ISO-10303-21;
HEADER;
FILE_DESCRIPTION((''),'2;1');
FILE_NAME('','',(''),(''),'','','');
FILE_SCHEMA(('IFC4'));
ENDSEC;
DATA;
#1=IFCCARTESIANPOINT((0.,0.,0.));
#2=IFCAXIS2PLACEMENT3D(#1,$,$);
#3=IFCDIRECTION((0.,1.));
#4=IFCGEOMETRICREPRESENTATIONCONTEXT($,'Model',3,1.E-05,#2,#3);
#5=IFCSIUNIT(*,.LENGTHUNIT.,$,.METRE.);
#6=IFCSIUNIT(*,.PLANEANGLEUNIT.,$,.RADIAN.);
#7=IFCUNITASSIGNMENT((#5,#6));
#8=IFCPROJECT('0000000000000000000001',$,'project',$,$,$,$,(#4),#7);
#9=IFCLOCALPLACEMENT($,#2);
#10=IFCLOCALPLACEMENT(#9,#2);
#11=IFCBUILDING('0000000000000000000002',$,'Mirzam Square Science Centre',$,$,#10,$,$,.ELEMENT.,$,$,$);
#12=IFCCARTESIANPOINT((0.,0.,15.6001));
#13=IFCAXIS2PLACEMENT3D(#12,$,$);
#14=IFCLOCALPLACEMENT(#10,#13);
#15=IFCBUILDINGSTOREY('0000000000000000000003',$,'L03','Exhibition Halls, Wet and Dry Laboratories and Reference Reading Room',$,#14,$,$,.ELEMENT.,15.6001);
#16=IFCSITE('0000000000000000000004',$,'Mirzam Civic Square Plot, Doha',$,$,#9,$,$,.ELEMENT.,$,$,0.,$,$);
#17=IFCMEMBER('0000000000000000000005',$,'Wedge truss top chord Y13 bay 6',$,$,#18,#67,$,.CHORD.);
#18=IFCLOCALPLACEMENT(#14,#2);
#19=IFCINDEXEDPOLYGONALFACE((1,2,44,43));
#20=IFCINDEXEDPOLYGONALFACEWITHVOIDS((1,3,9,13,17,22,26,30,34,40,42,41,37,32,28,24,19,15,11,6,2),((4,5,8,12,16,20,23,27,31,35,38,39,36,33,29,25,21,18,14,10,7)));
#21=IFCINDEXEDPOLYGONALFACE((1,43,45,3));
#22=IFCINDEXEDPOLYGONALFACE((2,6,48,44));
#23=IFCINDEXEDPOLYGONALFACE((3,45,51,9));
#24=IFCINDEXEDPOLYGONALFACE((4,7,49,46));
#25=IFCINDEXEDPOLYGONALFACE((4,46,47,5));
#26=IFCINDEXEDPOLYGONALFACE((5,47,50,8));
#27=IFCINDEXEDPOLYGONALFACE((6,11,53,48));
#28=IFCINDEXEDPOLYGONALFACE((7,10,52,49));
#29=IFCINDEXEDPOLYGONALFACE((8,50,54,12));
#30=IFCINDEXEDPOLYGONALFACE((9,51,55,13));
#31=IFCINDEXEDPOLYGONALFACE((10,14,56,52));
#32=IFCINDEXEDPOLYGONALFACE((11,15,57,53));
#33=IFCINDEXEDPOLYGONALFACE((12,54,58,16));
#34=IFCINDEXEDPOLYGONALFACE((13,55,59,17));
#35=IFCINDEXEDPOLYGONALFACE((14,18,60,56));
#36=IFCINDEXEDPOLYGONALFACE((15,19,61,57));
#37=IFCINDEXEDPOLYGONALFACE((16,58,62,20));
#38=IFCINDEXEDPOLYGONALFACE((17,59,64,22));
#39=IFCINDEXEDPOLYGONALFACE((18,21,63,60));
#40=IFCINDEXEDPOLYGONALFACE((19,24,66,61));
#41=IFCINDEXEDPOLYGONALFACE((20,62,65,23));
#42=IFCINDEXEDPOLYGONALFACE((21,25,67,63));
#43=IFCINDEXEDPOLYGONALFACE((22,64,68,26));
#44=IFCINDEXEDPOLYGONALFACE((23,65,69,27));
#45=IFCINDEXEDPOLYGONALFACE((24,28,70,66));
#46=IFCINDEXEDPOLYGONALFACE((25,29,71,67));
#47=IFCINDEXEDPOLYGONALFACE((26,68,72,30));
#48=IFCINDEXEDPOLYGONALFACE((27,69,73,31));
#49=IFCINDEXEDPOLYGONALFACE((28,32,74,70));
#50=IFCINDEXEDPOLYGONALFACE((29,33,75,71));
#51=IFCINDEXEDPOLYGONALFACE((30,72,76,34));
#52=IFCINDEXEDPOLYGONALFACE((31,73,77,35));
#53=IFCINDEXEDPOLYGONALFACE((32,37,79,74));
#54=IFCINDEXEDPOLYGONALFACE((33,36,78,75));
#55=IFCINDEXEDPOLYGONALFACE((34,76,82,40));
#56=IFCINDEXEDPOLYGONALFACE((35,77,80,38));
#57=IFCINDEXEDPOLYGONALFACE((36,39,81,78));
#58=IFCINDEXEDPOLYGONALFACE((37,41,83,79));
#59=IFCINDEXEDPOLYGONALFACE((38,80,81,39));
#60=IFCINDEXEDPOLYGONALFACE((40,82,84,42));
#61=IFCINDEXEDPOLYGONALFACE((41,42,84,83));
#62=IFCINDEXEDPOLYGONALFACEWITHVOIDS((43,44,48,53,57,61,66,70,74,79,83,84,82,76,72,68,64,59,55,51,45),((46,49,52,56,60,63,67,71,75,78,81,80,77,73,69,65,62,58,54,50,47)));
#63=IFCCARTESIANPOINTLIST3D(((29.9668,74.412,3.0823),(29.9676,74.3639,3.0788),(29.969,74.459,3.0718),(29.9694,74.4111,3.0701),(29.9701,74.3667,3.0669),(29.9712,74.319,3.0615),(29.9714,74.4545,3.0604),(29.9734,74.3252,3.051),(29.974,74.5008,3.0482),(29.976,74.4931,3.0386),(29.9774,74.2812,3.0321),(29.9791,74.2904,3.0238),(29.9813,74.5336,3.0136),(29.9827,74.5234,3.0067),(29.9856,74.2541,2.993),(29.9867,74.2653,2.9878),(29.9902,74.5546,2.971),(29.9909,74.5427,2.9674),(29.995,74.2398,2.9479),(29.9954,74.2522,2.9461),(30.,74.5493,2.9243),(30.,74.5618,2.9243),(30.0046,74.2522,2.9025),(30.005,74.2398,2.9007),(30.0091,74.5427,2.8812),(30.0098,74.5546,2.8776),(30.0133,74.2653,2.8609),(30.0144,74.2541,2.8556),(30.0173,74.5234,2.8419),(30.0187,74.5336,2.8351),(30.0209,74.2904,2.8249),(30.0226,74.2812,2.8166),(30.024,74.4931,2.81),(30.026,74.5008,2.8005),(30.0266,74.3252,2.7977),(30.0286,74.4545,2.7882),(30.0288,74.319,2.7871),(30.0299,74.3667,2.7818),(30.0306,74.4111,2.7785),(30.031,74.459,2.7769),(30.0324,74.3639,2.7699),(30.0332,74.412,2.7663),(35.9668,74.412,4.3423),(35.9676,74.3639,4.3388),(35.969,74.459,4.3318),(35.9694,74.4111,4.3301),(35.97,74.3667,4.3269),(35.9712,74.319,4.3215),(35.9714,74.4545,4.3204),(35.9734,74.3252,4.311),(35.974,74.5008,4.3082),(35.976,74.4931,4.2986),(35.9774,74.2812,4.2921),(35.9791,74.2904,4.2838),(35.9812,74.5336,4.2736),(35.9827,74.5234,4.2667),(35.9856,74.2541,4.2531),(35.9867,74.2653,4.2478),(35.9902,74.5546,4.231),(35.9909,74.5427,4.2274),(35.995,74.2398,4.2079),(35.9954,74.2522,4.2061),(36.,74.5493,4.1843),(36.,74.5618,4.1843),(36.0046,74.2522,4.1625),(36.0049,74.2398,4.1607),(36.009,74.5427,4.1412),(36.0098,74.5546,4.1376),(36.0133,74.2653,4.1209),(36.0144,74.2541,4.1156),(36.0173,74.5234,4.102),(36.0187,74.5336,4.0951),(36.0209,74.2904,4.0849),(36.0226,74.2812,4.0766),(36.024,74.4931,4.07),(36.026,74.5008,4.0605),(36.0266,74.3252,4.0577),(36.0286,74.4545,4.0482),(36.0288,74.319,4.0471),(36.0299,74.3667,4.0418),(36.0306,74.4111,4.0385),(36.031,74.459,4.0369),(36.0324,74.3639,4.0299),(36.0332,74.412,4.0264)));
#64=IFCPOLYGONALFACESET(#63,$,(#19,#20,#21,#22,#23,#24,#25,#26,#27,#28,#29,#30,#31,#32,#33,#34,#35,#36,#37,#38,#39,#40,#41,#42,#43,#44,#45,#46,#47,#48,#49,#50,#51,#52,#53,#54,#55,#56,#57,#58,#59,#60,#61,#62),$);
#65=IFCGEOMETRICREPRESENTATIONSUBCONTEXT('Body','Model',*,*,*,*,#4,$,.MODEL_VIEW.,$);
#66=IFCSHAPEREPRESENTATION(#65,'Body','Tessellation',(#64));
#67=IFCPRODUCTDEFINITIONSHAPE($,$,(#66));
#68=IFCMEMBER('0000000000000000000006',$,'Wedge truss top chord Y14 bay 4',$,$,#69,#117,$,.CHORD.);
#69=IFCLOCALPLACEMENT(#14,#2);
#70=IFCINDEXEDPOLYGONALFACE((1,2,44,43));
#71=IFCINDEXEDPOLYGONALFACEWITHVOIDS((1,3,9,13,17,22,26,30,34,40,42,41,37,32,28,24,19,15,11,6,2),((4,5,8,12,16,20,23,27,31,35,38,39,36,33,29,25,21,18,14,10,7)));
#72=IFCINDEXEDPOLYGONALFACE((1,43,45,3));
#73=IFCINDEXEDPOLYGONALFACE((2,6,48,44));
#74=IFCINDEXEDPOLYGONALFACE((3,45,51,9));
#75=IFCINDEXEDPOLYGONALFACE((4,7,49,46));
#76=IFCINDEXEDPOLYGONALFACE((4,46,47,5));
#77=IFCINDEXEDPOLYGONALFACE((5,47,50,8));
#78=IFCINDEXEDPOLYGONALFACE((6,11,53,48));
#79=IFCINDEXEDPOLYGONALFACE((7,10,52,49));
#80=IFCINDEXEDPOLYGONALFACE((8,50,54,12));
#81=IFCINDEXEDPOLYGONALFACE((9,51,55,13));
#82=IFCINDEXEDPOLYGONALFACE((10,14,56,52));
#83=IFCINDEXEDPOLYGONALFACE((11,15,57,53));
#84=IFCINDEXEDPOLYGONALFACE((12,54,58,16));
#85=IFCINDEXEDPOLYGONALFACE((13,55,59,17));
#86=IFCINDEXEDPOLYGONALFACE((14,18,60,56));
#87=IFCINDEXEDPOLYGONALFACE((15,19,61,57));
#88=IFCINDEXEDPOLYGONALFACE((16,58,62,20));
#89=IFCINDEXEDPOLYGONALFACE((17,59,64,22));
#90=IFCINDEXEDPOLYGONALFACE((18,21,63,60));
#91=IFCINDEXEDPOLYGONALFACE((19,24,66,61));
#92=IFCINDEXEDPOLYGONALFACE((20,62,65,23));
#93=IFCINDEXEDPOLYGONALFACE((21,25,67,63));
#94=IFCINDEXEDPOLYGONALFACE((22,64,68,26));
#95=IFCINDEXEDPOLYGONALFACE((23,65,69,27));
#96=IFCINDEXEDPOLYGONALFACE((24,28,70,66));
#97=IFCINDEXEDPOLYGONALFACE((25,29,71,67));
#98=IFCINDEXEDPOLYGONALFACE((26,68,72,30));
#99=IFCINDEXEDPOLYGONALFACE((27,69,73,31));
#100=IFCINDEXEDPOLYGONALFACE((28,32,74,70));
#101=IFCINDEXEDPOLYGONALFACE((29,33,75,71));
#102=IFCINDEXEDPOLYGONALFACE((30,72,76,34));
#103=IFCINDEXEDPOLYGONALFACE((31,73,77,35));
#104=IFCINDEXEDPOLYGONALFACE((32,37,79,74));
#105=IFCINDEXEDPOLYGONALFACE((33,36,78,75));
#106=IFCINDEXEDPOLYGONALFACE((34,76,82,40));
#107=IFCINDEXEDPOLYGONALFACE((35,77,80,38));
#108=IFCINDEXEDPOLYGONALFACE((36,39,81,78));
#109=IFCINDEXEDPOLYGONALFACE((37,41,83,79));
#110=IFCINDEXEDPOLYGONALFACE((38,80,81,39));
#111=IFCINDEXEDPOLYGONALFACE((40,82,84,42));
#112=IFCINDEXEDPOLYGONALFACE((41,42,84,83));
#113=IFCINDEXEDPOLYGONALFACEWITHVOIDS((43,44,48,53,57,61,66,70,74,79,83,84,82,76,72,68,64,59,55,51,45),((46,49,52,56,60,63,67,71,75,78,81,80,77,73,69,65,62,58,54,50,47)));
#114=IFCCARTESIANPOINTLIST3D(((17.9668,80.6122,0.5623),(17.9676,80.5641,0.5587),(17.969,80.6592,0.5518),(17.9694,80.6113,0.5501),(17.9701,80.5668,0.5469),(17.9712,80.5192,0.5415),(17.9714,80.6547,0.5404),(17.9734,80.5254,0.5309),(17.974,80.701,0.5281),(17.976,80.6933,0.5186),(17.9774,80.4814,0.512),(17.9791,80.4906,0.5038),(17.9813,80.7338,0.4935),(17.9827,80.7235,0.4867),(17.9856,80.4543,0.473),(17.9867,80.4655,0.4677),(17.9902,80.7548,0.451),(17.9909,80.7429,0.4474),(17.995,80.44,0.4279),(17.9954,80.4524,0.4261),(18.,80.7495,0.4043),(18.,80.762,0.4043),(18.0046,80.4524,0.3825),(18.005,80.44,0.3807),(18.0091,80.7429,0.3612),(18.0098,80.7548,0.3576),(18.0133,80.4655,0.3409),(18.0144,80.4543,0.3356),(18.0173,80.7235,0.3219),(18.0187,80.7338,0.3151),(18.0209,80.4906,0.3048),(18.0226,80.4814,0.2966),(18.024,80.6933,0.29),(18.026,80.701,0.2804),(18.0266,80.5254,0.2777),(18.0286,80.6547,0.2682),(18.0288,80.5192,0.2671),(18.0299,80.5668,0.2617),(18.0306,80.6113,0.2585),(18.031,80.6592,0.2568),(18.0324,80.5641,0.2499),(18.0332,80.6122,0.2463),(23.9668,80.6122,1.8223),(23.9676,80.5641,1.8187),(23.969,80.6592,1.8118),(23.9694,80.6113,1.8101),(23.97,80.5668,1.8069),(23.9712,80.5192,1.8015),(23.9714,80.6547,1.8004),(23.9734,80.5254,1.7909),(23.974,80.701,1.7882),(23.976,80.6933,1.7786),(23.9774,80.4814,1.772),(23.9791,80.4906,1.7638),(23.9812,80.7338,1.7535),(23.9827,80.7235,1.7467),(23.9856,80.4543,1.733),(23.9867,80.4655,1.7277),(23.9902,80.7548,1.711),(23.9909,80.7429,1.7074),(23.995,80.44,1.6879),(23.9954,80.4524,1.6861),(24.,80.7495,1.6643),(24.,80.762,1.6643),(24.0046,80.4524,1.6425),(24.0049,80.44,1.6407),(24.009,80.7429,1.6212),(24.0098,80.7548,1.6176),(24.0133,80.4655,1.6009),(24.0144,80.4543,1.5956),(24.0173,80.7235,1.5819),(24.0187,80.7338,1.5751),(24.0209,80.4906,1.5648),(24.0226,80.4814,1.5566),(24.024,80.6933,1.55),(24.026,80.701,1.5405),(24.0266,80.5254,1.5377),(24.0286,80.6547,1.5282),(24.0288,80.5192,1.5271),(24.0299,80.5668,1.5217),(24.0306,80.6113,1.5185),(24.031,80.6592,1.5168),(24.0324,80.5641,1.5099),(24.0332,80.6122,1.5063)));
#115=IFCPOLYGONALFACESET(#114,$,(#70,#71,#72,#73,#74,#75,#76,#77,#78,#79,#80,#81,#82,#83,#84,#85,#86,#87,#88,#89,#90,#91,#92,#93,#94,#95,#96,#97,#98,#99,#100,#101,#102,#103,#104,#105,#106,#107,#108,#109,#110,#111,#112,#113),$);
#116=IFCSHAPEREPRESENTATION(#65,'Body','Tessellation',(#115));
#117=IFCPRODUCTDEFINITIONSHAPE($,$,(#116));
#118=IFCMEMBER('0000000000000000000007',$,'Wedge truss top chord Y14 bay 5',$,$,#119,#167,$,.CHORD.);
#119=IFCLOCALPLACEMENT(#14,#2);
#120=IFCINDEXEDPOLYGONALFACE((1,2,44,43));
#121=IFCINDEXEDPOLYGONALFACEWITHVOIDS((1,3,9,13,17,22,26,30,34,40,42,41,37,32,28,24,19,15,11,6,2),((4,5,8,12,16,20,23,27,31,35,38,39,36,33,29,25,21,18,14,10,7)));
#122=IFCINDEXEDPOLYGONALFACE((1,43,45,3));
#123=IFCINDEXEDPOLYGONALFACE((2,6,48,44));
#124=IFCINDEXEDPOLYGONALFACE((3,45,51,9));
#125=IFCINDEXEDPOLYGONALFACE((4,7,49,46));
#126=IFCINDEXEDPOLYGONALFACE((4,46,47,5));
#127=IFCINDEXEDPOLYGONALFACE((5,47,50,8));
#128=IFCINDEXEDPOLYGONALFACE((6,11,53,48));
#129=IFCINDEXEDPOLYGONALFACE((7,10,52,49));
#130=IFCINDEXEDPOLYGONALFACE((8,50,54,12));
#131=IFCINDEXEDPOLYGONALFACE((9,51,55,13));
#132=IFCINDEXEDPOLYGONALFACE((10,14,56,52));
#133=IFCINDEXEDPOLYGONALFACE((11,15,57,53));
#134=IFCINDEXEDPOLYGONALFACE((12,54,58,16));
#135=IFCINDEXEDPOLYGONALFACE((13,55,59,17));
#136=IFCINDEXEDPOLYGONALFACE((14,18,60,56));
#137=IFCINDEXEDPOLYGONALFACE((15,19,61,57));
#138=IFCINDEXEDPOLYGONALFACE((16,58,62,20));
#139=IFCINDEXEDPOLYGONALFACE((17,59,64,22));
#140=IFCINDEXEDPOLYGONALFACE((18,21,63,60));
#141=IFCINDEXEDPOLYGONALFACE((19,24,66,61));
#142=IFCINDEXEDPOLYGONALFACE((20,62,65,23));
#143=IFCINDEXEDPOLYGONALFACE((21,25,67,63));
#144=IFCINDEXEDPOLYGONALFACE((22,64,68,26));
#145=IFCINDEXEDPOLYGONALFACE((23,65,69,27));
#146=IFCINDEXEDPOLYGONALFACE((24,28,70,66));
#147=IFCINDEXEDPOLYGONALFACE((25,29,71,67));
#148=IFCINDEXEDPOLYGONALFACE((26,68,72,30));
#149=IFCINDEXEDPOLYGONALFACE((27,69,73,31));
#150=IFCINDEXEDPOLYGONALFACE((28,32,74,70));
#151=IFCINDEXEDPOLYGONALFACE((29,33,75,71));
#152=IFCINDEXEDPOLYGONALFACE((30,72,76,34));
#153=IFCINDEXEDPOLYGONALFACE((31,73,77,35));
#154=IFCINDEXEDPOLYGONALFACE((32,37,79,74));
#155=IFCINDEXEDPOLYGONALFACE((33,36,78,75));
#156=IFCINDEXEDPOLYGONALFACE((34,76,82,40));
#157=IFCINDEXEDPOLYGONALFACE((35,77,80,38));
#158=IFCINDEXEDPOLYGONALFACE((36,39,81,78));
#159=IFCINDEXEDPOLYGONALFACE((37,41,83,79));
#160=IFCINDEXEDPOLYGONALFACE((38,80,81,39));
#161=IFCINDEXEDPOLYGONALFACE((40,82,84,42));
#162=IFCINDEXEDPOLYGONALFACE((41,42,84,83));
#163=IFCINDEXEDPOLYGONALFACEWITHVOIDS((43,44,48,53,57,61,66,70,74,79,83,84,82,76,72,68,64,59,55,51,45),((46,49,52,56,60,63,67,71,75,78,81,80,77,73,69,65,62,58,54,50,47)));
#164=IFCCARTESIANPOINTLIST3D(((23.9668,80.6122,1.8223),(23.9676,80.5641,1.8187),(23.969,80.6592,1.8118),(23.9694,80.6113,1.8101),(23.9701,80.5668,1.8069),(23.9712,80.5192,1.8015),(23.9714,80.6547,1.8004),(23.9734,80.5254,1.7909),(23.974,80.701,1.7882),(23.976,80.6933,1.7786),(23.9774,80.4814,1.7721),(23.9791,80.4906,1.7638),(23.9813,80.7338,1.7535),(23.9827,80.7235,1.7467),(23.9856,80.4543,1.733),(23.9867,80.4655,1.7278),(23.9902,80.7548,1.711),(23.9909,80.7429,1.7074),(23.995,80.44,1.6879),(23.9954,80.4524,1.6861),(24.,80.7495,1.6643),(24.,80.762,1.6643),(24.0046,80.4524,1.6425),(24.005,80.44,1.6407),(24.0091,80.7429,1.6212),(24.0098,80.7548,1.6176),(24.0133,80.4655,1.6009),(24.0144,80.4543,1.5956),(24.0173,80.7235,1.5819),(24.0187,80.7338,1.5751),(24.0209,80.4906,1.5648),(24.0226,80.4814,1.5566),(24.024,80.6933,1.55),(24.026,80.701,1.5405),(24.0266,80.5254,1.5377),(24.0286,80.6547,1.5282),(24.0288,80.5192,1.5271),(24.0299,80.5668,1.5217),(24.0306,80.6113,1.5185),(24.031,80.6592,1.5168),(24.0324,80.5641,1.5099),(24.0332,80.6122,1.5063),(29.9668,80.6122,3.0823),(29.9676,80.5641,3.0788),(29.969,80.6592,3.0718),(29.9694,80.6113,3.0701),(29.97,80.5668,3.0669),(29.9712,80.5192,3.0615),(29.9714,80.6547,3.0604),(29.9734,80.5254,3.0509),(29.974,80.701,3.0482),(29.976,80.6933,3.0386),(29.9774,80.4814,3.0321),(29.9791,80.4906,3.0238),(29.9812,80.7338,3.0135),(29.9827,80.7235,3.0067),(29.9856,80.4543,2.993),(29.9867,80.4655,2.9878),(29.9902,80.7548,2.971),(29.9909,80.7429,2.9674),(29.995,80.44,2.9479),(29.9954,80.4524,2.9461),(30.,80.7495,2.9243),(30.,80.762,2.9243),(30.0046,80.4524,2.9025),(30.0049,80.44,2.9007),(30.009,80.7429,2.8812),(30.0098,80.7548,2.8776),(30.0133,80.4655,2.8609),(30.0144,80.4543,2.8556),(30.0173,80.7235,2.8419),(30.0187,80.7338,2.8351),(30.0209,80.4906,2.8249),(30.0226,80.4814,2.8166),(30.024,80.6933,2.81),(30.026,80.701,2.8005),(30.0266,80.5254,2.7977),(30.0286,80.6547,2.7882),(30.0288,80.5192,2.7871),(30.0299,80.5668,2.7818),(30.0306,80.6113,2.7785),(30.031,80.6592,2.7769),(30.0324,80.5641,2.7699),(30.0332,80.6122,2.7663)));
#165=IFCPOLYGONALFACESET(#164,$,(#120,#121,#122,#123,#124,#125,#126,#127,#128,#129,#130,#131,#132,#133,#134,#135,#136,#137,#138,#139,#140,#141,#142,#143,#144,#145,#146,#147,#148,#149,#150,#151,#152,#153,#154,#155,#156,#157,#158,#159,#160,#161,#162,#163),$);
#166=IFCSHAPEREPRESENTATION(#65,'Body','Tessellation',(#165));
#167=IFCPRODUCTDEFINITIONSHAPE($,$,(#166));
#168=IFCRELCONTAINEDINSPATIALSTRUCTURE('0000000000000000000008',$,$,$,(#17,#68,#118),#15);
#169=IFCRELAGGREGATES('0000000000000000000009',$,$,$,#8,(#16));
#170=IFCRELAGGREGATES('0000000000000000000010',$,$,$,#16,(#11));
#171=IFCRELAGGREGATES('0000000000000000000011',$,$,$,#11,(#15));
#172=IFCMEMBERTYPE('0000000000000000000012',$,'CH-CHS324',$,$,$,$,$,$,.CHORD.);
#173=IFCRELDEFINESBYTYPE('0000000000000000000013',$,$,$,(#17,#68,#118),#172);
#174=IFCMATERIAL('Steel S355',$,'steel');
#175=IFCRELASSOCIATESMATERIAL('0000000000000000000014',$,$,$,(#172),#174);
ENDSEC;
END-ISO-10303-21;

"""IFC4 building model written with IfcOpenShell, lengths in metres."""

from ifc_helpers import new_model, si_unit, direction, frame, origin, origin_2d, place, context, subcontext, project, spatial, hollow_circle, extrude, material, material_profile, profile_set, type_object, element, save


model = new_model("IFC4")

# Units and contexts
model_context = context("Model", 3, precision=1e-05, world=origin(), true_north=direction((0.0, 1.0)))
body_context = subcontext(model_context, "Body", "Model", "MODEL_VIEW")
ifc_project = project(units=[si_unit("LENGTHUNIT", "METRE"), si_unit("PLANEANGLEUNIT", "RADIAN")], contexts=[model_context])

# Site, building, storey
site_placement = place(None, origin())
site = spatial("IfcSite", under=ifc_project, at=site_placement, Name="Mirzam Civic Square Plot, Doha", CompositionType="ELEMENT", RefElevation=0.0)
building_placement = place(site_placement, origin())
building = spatial("IfcBuilding", under=site, at=building_placement, Name="Mirzam Square Science Centre", CompositionType="ELEMENT")
storey_placement = place(building_placement, frame((0.0, 0.0, 15.6001)))
storey = spatial("IfcBuildingStorey", under=building, at=storey_placement, Name="L03", Description="Exhibition Halls, Wet and Dry Laboratories and Reference Reading Room", CompositionType="ELEMENT", Elevation=15.6001)

# Shared definitions
ifc_material_1 = material(Name="Steel S355", Category="steel")

# Members
ifc_material_profile_1 = material_profile(ifc_material_1, hollow_circle(Radius=0.1619, WallThickness=0.0125, at=origin_2d()), Name="323.9x12.5CHS")
ifc_profile_set_1 = profile_set([ifc_material_profile_1], Name="Steel S355")
member_type_1 = type_object("IfcMemberType", Name="CH-CHS324", PredefinedType="CHORD", material=ifc_profile_set_1)
for number, where, z_axis, x_axis, name in (
    (1, (30.0, 74.3999, 2.9243), (0.978653, 0.0, 0.205519), (0.0, 1.0, 0.0), "Wedge truss top chord Y13 bay 6"),
    (2, (18.0, 80.6001, 0.4043), (0.978653, 0.0, 0.205519), (0.0, 1.0, 0.0), "Wedge truss top chord Y14 bay 4"),
    (3, (24.0, 80.6001, 1.6643), (0.978653, 0.0, 0.205519), (0.0, 1.0, 0.0), "Wedge truss top chord Y14 bay 5"),
):
    element("IfcMember", number, at=place(storey_placement, frame(where, z_axis=z_axis, x_axis=x_axis)), inside=storey, type_object=member_type_1, Name=name, PredefinedType="CHORD", context=body_context, shape_type="SweptSolid", body=[
        extrude(hollow_circle(Radius=0.1619, WallThickness=0.0125, at=origin_2d()), origin(), (0.0, 0.0, 1.0), 6.1309),
    ])

save(model, "model.ifc")
